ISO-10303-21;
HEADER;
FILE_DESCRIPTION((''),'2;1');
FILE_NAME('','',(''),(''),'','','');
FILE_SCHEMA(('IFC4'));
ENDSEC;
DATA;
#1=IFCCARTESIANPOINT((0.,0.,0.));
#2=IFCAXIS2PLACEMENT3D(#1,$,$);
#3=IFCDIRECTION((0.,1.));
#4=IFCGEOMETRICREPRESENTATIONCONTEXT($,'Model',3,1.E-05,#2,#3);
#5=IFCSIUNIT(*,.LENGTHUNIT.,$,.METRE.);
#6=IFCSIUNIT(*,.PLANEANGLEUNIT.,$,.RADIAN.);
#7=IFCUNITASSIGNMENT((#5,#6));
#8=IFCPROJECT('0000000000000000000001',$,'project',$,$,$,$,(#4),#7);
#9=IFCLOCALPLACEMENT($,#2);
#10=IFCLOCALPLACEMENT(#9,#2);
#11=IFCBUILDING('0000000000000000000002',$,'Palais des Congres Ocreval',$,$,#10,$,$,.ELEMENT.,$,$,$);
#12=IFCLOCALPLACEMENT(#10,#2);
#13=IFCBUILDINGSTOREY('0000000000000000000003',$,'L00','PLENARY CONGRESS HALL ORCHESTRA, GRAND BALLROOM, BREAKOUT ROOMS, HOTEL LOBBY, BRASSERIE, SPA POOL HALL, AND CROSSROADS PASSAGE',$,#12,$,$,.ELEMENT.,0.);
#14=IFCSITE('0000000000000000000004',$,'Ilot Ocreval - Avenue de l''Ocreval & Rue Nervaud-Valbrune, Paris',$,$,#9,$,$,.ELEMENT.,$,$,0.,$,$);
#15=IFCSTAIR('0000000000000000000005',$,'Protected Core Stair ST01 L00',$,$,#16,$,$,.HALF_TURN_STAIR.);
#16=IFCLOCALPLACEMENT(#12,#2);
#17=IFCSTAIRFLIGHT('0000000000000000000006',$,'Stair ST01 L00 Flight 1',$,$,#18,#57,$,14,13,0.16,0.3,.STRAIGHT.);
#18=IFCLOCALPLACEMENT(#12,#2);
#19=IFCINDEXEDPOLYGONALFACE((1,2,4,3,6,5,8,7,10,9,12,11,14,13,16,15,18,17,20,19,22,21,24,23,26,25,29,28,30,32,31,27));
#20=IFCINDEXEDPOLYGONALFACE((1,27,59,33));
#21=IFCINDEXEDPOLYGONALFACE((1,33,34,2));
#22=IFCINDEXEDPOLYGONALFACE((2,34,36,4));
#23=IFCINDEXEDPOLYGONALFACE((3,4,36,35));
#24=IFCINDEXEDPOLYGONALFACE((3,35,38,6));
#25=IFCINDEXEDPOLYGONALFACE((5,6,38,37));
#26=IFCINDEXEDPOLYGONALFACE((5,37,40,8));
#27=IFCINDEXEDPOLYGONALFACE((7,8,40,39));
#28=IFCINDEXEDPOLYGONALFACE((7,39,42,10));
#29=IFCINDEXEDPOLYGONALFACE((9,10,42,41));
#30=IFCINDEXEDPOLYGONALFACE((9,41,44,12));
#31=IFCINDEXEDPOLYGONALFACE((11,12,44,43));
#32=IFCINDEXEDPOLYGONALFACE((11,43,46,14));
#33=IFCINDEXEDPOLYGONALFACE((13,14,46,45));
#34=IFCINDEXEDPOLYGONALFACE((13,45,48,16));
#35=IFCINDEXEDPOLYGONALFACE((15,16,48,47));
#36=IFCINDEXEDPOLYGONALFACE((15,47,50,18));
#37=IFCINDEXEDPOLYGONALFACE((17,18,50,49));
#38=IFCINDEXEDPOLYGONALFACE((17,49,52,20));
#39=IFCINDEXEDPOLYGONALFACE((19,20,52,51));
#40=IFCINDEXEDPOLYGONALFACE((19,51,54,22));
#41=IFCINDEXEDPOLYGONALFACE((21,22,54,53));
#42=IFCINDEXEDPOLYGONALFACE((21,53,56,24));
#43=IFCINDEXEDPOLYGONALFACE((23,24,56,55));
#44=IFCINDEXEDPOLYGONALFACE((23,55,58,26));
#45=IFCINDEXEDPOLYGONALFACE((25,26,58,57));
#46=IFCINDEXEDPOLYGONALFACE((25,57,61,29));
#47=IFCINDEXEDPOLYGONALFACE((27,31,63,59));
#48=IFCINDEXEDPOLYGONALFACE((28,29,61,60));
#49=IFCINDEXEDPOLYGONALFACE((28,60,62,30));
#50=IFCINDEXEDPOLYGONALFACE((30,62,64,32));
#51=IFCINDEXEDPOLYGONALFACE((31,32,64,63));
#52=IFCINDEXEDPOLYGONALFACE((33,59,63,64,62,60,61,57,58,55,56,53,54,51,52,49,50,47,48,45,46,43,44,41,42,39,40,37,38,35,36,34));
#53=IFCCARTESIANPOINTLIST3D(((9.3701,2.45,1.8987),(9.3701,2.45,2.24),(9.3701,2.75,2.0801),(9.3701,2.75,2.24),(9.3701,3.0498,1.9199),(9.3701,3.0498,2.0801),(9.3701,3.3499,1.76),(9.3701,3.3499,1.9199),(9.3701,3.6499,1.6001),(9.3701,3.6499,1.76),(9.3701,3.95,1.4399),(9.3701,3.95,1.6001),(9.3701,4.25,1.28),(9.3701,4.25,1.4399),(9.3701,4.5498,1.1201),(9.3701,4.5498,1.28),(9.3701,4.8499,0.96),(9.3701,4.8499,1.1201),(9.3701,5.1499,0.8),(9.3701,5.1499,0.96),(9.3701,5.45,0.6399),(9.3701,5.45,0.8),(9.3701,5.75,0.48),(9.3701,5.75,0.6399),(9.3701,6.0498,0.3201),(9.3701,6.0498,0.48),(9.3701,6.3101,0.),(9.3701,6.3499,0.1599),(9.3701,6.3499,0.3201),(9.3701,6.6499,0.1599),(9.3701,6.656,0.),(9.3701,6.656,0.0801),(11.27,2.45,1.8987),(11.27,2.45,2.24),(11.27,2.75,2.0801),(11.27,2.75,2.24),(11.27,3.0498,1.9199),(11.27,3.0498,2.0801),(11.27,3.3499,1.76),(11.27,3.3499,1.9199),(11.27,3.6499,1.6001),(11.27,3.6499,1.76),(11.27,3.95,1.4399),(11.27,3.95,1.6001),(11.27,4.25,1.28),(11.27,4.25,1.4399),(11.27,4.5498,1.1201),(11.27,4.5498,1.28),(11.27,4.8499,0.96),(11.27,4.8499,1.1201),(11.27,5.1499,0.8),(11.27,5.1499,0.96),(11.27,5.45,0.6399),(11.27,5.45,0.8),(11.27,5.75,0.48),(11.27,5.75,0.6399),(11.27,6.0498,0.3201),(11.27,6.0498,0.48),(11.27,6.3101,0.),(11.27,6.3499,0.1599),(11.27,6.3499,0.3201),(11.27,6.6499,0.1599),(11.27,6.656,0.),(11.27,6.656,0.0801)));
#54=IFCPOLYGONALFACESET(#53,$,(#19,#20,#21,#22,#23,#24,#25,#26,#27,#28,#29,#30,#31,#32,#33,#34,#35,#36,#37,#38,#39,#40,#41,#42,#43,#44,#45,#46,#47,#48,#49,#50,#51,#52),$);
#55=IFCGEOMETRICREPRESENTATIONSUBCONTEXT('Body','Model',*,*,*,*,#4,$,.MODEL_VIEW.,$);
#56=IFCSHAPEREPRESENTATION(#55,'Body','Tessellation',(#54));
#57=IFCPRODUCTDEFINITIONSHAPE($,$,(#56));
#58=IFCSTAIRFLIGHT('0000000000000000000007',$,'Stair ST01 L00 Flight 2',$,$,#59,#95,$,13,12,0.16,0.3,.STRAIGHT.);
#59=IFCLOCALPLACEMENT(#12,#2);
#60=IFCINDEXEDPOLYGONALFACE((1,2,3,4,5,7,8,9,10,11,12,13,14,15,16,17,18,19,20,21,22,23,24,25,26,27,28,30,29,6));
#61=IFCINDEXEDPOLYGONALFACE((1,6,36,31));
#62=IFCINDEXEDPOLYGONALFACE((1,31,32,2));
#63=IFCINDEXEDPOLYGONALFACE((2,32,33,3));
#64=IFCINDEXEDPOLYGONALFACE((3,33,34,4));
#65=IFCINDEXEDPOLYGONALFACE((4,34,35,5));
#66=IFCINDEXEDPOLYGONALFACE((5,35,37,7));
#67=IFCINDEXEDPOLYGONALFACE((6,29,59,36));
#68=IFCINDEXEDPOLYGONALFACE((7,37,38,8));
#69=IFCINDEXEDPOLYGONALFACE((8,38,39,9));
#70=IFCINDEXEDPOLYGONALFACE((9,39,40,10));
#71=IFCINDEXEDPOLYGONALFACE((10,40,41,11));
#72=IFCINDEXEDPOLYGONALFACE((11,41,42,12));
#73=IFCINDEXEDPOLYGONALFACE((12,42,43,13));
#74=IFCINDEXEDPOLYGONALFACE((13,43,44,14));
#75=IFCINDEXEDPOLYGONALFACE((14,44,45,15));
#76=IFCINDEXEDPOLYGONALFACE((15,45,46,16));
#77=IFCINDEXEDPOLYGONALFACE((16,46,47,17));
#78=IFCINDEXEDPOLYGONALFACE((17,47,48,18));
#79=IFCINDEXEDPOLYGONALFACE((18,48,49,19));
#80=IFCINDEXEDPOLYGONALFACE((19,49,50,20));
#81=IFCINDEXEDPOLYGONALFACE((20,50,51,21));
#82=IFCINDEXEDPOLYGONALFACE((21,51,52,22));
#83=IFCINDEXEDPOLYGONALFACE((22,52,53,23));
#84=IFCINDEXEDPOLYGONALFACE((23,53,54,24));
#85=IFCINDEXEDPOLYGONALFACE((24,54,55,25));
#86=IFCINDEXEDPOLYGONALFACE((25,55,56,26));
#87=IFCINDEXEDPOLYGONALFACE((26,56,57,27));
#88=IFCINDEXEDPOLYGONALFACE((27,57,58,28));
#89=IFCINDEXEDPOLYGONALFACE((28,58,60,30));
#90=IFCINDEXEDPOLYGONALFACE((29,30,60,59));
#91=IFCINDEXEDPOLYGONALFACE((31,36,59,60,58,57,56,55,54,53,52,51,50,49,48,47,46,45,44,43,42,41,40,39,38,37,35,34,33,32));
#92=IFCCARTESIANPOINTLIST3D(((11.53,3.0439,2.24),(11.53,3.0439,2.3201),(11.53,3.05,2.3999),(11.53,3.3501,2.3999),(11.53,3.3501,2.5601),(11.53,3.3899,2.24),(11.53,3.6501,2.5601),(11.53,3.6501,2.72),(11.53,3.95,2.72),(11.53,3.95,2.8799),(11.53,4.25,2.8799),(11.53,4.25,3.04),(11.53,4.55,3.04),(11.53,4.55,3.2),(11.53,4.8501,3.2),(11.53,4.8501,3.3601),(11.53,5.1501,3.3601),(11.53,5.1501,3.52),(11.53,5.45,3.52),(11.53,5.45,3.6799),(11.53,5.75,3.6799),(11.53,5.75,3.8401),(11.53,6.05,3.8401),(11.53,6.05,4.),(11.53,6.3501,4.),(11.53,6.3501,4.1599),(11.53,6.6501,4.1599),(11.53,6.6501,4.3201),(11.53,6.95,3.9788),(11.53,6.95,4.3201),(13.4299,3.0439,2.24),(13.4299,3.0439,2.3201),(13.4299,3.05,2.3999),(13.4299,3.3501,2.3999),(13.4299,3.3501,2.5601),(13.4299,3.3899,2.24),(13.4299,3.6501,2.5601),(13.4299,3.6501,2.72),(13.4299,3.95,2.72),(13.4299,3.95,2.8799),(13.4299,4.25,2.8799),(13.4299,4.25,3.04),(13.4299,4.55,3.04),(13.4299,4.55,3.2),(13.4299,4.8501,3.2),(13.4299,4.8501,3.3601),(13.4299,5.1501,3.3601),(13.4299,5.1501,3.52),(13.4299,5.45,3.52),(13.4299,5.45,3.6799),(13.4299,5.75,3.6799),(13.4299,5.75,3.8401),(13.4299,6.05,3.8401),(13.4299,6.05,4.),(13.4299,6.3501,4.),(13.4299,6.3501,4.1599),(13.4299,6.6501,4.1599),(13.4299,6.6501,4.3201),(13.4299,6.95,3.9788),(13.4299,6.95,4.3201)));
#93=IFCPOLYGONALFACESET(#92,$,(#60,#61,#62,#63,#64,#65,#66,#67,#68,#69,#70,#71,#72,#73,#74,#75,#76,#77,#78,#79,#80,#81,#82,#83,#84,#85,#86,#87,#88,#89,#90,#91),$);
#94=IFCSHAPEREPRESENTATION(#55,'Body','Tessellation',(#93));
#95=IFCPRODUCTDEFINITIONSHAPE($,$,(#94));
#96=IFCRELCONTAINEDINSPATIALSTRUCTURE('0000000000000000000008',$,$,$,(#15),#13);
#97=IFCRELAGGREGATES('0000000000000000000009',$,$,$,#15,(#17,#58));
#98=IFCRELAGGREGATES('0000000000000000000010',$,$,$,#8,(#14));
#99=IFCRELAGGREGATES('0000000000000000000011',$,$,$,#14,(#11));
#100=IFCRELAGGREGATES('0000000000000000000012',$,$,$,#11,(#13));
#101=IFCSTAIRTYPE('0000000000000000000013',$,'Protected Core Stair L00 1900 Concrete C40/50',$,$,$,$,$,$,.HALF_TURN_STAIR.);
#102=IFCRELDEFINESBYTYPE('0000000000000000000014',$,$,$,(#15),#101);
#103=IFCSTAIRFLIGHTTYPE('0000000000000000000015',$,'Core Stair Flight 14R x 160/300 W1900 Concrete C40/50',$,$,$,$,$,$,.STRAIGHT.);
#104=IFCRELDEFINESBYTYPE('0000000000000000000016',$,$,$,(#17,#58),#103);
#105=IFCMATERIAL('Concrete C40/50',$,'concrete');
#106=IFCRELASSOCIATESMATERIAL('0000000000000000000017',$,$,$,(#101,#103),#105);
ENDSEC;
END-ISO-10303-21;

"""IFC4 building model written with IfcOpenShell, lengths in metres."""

from ifc_helpers import new_model, si_unit, direction, frame, origin, place, context, subcontext, project, spatial, polyline, outline, extrude, material, type_object, element, aggregate, save


model = new_model("IFC4")

# Units and contexts
model_context = context("Model", 3, precision=1e-05, world=origin(), true_north=direction((0.0, 1.0)))
body_context = subcontext(model_context, "Body", "Model", "MODEL_VIEW")
ifc_project = project(units=[si_unit("LENGTHUNIT", "METRE"), si_unit("PLANEANGLEUNIT", "RADIAN")], contexts=[model_context])

# Site, building, storey
site_placement = place(None, origin())
site = spatial("IfcSite", under=ifc_project, at=site_placement, Name="Ilot Ocreval - Avenue de l'Ocreval & Rue Nervaud-Valbrune, Paris", CompositionType="ELEMENT", RefElevation=0.0)
building_placement = place(site_placement, origin())
building = spatial("IfcBuilding", under=site, at=building_placement, Name="Palais des Congres Ocreval", CompositionType="ELEMENT")
storey_placement = place(building_placement, origin())
storey = spatial("IfcBuildingStorey", under=building, at=storey_placement, Name="L00", Description="PLENARY CONGRESS HALL ORCHESTRA, GRAND BALLROOM, BREAKOUT ROOMS, HOTEL LOBBY, BRASSERIE, SPA POOL HALL, AND CROSSROADS PASSAGE", CompositionType="ELEMENT", Elevation=0.0)

# Shared definitions
ifc_material_1 = material(Name="Concrete C40/50", Category="concrete")

# Stair, stair flights
stair_type = type_object("IfcStairType", Name="Protected Core Stair L00 1900 Concrete C40/50", PredefinedType="HALF_TURN_STAIR", material=ifc_material_1)
stair_placement = place(storey_placement, origin())
stair = element("IfcStair", 1, at=stair_placement, inside=storey, type_object=stair_type, Name="Protected Core Stair ST01 L00", PredefinedType="HALF_TURN_STAIR")
stair_flight_type = type_object("IfcStairFlightType", Name="Core Stair Flight 14R x 160/300 W1900 Concrete C40/50", PredefinedType="STRAIGHT", material=ifc_material_1)
stair_flight_1_placement = place(storey_placement, frame((10.3201, 6.6499, 0.0), z_axis=(0.0, 0.0, 1.0), x_axis=(0.0, -1.0, 0.0)))
stair_flight_1 = element("IfcStairFlight", 2, at=stair_flight_1_placement, type_object=stair_flight_type, Name="Stair ST01 L00 Flight 1", NumberOfRisers=14, NumberOfTreads=13, PredefinedType="STRAIGHT", RiserHeight=0.16, TreadLength=0.3, context=body_context, shape_type="SweptSolid", body=[
    extrude(outline(polyline([(-0.0061, 0.0), (-0.0061, 0.0801), (0.0, 0.1599), (0.3, 0.1599), (0.3, 0.3201), (0.6001, 0.3201), (0.6001, 0.48), (0.8999, 0.48), (0.8999, 0.6399), (1.2, 0.6399), (1.2, 0.8), (1.5, 0.8), (1.5, 0.96), (1.8, 0.96), (1.8, 1.1201), (2.1001, 1.1201), (2.1001, 1.28), (2.3999, 1.28), (2.3999, 1.4399), (2.7, 1.4399), (2.7, 1.6001), (3.0, 1.6001), (3.0, 1.76), (3.3, 1.76), (3.3, 1.9199), (3.6001, 1.9199), (3.6001, 2.0801), (3.8999, 2.0801), (3.8999, 2.24), (4.2, 2.24), (4.2, 1.8987), (0.3398, 0.0), (-0.0061, 0.0)])), frame((0.0, 0.95, 0.0), z_axis=(0.0, -1.0, 0.0), x_axis=(1.0, 0.0, 0.0)), (0.0, 0.0, 1.0), 1.8999),
])
stair_flight_2_placement = place(storey_placement, frame((12.48, 3.05, 2.24), z_axis=(0.0, 0.0, 1.0), x_axis=(0.0, 1.0, 0.0)))
stair_flight_2 = element("IfcStairFlight", 3, at=stair_flight_2_placement, type_object=stair_flight_type, Name="Stair ST01 L00 Flight 2", NumberOfRisers=13, NumberOfTreads=12, PredefinedType="STRAIGHT", RiserHeight=0.16, TreadLength=0.3, context=body_context, shape_type="SweptSolid", body=[
    extrude(outline(polyline([(-0.0061, 0.0), (-0.0061, 0.0801), (0.0, 0.1599), (0.3, 0.1599), (0.3, 0.3201), (0.6001, 0.3201), (0.6001, 0.48), (0.8999, 0.48), (0.8999, 0.6399), (1.2, 0.6399), (1.2, 0.8), (1.5, 0.8), (1.5, 0.96), (1.8, 0.96), (1.8, 1.1201), (2.1001, 1.1201), (2.1001, 1.28), (2.3999, 1.28), (2.3999, 1.4399), (2.7, 1.4399), (2.7, 1.6001), (3.0, 1.6001), (3.0, 1.76), (3.3, 1.76), (3.3, 1.9199), (3.6001, 1.9199), (3.6001, 2.0801), (3.8999, 2.0801), (3.8999, 1.7388), (0.3398, 0.0), (-0.0061, 0.0)])), frame((0.0, 0.95, 0.0), z_axis=(0.0, -1.0, 0.0), x_axis=(1.0, 0.0, 0.0)), (0.0, 0.0, 1.0), 1.8999),
])
aggregate(stair, [stair_flight_1, stair_flight_2])

save(model, "model.ifc")
